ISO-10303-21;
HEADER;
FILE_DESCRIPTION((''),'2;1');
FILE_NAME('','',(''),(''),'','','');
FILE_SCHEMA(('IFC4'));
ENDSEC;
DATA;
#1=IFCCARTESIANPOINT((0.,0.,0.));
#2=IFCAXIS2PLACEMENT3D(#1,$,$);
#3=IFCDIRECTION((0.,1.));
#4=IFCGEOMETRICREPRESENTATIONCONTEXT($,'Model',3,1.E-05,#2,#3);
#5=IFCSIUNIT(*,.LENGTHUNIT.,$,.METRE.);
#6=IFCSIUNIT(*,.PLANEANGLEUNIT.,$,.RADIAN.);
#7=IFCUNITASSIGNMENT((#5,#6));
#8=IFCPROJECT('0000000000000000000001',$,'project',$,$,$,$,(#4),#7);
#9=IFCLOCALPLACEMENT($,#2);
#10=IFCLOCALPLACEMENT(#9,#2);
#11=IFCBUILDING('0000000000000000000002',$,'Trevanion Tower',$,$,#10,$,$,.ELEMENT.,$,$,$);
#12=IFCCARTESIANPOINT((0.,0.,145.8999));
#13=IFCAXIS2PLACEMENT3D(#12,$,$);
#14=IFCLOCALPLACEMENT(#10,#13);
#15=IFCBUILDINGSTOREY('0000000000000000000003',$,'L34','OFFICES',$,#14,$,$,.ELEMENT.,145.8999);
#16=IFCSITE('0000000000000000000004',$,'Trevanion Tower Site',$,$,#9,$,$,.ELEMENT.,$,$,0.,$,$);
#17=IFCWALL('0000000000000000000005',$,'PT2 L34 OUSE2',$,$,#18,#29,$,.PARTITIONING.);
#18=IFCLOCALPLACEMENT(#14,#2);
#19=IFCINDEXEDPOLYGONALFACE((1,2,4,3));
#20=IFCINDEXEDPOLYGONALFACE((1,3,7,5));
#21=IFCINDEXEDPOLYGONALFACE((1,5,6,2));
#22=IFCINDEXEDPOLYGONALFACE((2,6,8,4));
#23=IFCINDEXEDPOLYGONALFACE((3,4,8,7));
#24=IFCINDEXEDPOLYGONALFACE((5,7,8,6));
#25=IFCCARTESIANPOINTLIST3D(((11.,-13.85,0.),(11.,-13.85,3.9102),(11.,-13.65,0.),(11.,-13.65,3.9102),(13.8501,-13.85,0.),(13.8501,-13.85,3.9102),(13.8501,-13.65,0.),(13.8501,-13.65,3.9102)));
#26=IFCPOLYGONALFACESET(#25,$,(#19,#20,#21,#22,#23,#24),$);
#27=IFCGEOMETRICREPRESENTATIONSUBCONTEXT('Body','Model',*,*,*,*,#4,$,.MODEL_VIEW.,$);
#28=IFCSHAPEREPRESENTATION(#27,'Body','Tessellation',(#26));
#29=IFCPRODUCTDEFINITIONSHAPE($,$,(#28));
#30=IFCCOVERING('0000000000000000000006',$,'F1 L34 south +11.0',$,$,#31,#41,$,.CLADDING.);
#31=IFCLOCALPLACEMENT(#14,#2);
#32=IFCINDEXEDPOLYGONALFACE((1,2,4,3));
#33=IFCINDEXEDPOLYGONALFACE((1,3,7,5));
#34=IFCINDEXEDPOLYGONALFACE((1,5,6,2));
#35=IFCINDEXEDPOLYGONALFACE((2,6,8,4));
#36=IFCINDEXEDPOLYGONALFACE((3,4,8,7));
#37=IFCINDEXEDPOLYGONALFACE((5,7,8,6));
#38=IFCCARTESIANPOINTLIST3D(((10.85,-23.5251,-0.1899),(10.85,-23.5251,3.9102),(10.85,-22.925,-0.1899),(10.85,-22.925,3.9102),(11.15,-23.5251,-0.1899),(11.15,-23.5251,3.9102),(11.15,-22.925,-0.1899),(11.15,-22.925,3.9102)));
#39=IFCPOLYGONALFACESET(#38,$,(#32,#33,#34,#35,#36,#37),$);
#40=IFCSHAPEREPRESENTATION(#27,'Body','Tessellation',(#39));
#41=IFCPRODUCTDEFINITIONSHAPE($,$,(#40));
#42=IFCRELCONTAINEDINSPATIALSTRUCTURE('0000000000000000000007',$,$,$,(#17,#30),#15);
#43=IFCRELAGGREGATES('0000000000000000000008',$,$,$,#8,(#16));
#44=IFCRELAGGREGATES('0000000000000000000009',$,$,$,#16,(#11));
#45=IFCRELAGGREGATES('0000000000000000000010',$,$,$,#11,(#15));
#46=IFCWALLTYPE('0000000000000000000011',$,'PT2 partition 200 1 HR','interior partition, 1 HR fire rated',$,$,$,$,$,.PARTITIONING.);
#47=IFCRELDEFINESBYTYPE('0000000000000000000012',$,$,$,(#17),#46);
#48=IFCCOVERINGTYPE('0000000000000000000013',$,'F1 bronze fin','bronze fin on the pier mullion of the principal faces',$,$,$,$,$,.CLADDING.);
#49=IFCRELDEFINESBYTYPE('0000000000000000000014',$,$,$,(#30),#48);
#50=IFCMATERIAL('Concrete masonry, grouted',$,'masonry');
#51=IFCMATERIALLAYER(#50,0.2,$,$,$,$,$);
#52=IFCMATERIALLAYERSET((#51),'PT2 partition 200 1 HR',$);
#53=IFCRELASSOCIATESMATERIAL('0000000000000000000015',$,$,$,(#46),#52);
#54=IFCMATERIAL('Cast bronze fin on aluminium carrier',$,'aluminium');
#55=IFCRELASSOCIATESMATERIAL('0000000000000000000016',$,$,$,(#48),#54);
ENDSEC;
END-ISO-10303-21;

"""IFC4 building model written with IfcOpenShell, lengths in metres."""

from ifc_helpers import new_model, si_unit, direction, frame, frame_2d, origin, origin_2d, place, context, subcontext, project, spatial, rectangle, extrude, material, layer, layer_set, type_object, element, save


model = new_model("IFC4")

# Units and contexts
model_context = context("Model", 3, precision=1e-05, world=origin(), true_north=direction((0.0, 1.0)))
body_context = subcontext(model_context, "Body", "Model", "MODEL_VIEW")
ifc_project = project(units=[si_unit("LENGTHUNIT", "METRE"), si_unit("PLANEANGLEUNIT", "RADIAN")], contexts=[model_context])

# Site, building, storey
site_placement = place(None, origin())
site = spatial("IfcSite", under=ifc_project, at=site_placement, Name="Trevanion Tower Site", CompositionType="ELEMENT", RefElevation=0.0)
building_placement = place(site_placement, origin())
building = spatial("IfcBuilding", under=site, at=building_placement, Name="Trevanion Tower", CompositionType="ELEMENT")
storey_placement = place(building_placement, frame((0.0, 0.0, 145.8999)))
storey = spatial("IfcBuildingStorey", under=building, at=storey_placement, Name="L34", Description="OFFICES", CompositionType="ELEMENT", Elevation=145.8999)

# Wall
ifc_material_1 = material(Name="Concrete masonry, grouted", Category="masonry")
ifc_layer_1 = layer(ifc_material_1, 0.2)
ifc_layer_set_1 = layer_set([ifc_layer_1], Name="PT2 partition 200 1 HR")
wall_type_1 = type_object("IfcWallType", Name="PT2 partition 200 1 HR", Description="interior partition, 1 HR fire rated", PredefinedType="PARTITIONING", material=ifc_layer_set_1)
wall_placement = place(storey_placement, frame((11.0, -13.75, 0.0), z_axis=(0.0, 0.0, 1.0), x_axis=(1.0, 0.0, 0.0)))
element("IfcWall", 1, at=wall_placement, inside=storey, type_object=wall_type_1, Name="PT2 L34 OUSE2", PredefinedType="PARTITIONING", context=body_context, shape_type="SweptSolid", body=[
    extrude(rectangle(XDim=2.8501, YDim=0.2, at=frame_2d((1.425, 0.0))), origin(), (0.0, 0.0, 1.0), 3.9102),
])

# Covering
ifc_material_2 = material(Name="Cast bronze fin on aluminium carrier", Category="aluminium")
covering_type = type_object("IfcCoveringType", Name="F1 bronze fin", Description="bronze fin on the pier mullion of the principal faces", PredefinedType="CLADDING", material=ifc_material_2)
covering_placement = place(storey_placement, frame((11.0, -23.2251, -0.1899), z_axis=(0.0, 0.0, 1.0), x_axis=(1.0, 0.0, 0.0)))
element("IfcCovering", 2, at=covering_placement, inside=storey, type_object=covering_type, Name="F1 L34 south +11.0", PredefinedType="CLADDING", context=body_context, shape_type="SweptSolid", body=[
    extrude(rectangle(XDim=0.3, YDim=0.6001, at=origin_2d()), origin(), (0.0, 0.0, 1.0), 4.1001),
])

save(model, "model.ifc")
